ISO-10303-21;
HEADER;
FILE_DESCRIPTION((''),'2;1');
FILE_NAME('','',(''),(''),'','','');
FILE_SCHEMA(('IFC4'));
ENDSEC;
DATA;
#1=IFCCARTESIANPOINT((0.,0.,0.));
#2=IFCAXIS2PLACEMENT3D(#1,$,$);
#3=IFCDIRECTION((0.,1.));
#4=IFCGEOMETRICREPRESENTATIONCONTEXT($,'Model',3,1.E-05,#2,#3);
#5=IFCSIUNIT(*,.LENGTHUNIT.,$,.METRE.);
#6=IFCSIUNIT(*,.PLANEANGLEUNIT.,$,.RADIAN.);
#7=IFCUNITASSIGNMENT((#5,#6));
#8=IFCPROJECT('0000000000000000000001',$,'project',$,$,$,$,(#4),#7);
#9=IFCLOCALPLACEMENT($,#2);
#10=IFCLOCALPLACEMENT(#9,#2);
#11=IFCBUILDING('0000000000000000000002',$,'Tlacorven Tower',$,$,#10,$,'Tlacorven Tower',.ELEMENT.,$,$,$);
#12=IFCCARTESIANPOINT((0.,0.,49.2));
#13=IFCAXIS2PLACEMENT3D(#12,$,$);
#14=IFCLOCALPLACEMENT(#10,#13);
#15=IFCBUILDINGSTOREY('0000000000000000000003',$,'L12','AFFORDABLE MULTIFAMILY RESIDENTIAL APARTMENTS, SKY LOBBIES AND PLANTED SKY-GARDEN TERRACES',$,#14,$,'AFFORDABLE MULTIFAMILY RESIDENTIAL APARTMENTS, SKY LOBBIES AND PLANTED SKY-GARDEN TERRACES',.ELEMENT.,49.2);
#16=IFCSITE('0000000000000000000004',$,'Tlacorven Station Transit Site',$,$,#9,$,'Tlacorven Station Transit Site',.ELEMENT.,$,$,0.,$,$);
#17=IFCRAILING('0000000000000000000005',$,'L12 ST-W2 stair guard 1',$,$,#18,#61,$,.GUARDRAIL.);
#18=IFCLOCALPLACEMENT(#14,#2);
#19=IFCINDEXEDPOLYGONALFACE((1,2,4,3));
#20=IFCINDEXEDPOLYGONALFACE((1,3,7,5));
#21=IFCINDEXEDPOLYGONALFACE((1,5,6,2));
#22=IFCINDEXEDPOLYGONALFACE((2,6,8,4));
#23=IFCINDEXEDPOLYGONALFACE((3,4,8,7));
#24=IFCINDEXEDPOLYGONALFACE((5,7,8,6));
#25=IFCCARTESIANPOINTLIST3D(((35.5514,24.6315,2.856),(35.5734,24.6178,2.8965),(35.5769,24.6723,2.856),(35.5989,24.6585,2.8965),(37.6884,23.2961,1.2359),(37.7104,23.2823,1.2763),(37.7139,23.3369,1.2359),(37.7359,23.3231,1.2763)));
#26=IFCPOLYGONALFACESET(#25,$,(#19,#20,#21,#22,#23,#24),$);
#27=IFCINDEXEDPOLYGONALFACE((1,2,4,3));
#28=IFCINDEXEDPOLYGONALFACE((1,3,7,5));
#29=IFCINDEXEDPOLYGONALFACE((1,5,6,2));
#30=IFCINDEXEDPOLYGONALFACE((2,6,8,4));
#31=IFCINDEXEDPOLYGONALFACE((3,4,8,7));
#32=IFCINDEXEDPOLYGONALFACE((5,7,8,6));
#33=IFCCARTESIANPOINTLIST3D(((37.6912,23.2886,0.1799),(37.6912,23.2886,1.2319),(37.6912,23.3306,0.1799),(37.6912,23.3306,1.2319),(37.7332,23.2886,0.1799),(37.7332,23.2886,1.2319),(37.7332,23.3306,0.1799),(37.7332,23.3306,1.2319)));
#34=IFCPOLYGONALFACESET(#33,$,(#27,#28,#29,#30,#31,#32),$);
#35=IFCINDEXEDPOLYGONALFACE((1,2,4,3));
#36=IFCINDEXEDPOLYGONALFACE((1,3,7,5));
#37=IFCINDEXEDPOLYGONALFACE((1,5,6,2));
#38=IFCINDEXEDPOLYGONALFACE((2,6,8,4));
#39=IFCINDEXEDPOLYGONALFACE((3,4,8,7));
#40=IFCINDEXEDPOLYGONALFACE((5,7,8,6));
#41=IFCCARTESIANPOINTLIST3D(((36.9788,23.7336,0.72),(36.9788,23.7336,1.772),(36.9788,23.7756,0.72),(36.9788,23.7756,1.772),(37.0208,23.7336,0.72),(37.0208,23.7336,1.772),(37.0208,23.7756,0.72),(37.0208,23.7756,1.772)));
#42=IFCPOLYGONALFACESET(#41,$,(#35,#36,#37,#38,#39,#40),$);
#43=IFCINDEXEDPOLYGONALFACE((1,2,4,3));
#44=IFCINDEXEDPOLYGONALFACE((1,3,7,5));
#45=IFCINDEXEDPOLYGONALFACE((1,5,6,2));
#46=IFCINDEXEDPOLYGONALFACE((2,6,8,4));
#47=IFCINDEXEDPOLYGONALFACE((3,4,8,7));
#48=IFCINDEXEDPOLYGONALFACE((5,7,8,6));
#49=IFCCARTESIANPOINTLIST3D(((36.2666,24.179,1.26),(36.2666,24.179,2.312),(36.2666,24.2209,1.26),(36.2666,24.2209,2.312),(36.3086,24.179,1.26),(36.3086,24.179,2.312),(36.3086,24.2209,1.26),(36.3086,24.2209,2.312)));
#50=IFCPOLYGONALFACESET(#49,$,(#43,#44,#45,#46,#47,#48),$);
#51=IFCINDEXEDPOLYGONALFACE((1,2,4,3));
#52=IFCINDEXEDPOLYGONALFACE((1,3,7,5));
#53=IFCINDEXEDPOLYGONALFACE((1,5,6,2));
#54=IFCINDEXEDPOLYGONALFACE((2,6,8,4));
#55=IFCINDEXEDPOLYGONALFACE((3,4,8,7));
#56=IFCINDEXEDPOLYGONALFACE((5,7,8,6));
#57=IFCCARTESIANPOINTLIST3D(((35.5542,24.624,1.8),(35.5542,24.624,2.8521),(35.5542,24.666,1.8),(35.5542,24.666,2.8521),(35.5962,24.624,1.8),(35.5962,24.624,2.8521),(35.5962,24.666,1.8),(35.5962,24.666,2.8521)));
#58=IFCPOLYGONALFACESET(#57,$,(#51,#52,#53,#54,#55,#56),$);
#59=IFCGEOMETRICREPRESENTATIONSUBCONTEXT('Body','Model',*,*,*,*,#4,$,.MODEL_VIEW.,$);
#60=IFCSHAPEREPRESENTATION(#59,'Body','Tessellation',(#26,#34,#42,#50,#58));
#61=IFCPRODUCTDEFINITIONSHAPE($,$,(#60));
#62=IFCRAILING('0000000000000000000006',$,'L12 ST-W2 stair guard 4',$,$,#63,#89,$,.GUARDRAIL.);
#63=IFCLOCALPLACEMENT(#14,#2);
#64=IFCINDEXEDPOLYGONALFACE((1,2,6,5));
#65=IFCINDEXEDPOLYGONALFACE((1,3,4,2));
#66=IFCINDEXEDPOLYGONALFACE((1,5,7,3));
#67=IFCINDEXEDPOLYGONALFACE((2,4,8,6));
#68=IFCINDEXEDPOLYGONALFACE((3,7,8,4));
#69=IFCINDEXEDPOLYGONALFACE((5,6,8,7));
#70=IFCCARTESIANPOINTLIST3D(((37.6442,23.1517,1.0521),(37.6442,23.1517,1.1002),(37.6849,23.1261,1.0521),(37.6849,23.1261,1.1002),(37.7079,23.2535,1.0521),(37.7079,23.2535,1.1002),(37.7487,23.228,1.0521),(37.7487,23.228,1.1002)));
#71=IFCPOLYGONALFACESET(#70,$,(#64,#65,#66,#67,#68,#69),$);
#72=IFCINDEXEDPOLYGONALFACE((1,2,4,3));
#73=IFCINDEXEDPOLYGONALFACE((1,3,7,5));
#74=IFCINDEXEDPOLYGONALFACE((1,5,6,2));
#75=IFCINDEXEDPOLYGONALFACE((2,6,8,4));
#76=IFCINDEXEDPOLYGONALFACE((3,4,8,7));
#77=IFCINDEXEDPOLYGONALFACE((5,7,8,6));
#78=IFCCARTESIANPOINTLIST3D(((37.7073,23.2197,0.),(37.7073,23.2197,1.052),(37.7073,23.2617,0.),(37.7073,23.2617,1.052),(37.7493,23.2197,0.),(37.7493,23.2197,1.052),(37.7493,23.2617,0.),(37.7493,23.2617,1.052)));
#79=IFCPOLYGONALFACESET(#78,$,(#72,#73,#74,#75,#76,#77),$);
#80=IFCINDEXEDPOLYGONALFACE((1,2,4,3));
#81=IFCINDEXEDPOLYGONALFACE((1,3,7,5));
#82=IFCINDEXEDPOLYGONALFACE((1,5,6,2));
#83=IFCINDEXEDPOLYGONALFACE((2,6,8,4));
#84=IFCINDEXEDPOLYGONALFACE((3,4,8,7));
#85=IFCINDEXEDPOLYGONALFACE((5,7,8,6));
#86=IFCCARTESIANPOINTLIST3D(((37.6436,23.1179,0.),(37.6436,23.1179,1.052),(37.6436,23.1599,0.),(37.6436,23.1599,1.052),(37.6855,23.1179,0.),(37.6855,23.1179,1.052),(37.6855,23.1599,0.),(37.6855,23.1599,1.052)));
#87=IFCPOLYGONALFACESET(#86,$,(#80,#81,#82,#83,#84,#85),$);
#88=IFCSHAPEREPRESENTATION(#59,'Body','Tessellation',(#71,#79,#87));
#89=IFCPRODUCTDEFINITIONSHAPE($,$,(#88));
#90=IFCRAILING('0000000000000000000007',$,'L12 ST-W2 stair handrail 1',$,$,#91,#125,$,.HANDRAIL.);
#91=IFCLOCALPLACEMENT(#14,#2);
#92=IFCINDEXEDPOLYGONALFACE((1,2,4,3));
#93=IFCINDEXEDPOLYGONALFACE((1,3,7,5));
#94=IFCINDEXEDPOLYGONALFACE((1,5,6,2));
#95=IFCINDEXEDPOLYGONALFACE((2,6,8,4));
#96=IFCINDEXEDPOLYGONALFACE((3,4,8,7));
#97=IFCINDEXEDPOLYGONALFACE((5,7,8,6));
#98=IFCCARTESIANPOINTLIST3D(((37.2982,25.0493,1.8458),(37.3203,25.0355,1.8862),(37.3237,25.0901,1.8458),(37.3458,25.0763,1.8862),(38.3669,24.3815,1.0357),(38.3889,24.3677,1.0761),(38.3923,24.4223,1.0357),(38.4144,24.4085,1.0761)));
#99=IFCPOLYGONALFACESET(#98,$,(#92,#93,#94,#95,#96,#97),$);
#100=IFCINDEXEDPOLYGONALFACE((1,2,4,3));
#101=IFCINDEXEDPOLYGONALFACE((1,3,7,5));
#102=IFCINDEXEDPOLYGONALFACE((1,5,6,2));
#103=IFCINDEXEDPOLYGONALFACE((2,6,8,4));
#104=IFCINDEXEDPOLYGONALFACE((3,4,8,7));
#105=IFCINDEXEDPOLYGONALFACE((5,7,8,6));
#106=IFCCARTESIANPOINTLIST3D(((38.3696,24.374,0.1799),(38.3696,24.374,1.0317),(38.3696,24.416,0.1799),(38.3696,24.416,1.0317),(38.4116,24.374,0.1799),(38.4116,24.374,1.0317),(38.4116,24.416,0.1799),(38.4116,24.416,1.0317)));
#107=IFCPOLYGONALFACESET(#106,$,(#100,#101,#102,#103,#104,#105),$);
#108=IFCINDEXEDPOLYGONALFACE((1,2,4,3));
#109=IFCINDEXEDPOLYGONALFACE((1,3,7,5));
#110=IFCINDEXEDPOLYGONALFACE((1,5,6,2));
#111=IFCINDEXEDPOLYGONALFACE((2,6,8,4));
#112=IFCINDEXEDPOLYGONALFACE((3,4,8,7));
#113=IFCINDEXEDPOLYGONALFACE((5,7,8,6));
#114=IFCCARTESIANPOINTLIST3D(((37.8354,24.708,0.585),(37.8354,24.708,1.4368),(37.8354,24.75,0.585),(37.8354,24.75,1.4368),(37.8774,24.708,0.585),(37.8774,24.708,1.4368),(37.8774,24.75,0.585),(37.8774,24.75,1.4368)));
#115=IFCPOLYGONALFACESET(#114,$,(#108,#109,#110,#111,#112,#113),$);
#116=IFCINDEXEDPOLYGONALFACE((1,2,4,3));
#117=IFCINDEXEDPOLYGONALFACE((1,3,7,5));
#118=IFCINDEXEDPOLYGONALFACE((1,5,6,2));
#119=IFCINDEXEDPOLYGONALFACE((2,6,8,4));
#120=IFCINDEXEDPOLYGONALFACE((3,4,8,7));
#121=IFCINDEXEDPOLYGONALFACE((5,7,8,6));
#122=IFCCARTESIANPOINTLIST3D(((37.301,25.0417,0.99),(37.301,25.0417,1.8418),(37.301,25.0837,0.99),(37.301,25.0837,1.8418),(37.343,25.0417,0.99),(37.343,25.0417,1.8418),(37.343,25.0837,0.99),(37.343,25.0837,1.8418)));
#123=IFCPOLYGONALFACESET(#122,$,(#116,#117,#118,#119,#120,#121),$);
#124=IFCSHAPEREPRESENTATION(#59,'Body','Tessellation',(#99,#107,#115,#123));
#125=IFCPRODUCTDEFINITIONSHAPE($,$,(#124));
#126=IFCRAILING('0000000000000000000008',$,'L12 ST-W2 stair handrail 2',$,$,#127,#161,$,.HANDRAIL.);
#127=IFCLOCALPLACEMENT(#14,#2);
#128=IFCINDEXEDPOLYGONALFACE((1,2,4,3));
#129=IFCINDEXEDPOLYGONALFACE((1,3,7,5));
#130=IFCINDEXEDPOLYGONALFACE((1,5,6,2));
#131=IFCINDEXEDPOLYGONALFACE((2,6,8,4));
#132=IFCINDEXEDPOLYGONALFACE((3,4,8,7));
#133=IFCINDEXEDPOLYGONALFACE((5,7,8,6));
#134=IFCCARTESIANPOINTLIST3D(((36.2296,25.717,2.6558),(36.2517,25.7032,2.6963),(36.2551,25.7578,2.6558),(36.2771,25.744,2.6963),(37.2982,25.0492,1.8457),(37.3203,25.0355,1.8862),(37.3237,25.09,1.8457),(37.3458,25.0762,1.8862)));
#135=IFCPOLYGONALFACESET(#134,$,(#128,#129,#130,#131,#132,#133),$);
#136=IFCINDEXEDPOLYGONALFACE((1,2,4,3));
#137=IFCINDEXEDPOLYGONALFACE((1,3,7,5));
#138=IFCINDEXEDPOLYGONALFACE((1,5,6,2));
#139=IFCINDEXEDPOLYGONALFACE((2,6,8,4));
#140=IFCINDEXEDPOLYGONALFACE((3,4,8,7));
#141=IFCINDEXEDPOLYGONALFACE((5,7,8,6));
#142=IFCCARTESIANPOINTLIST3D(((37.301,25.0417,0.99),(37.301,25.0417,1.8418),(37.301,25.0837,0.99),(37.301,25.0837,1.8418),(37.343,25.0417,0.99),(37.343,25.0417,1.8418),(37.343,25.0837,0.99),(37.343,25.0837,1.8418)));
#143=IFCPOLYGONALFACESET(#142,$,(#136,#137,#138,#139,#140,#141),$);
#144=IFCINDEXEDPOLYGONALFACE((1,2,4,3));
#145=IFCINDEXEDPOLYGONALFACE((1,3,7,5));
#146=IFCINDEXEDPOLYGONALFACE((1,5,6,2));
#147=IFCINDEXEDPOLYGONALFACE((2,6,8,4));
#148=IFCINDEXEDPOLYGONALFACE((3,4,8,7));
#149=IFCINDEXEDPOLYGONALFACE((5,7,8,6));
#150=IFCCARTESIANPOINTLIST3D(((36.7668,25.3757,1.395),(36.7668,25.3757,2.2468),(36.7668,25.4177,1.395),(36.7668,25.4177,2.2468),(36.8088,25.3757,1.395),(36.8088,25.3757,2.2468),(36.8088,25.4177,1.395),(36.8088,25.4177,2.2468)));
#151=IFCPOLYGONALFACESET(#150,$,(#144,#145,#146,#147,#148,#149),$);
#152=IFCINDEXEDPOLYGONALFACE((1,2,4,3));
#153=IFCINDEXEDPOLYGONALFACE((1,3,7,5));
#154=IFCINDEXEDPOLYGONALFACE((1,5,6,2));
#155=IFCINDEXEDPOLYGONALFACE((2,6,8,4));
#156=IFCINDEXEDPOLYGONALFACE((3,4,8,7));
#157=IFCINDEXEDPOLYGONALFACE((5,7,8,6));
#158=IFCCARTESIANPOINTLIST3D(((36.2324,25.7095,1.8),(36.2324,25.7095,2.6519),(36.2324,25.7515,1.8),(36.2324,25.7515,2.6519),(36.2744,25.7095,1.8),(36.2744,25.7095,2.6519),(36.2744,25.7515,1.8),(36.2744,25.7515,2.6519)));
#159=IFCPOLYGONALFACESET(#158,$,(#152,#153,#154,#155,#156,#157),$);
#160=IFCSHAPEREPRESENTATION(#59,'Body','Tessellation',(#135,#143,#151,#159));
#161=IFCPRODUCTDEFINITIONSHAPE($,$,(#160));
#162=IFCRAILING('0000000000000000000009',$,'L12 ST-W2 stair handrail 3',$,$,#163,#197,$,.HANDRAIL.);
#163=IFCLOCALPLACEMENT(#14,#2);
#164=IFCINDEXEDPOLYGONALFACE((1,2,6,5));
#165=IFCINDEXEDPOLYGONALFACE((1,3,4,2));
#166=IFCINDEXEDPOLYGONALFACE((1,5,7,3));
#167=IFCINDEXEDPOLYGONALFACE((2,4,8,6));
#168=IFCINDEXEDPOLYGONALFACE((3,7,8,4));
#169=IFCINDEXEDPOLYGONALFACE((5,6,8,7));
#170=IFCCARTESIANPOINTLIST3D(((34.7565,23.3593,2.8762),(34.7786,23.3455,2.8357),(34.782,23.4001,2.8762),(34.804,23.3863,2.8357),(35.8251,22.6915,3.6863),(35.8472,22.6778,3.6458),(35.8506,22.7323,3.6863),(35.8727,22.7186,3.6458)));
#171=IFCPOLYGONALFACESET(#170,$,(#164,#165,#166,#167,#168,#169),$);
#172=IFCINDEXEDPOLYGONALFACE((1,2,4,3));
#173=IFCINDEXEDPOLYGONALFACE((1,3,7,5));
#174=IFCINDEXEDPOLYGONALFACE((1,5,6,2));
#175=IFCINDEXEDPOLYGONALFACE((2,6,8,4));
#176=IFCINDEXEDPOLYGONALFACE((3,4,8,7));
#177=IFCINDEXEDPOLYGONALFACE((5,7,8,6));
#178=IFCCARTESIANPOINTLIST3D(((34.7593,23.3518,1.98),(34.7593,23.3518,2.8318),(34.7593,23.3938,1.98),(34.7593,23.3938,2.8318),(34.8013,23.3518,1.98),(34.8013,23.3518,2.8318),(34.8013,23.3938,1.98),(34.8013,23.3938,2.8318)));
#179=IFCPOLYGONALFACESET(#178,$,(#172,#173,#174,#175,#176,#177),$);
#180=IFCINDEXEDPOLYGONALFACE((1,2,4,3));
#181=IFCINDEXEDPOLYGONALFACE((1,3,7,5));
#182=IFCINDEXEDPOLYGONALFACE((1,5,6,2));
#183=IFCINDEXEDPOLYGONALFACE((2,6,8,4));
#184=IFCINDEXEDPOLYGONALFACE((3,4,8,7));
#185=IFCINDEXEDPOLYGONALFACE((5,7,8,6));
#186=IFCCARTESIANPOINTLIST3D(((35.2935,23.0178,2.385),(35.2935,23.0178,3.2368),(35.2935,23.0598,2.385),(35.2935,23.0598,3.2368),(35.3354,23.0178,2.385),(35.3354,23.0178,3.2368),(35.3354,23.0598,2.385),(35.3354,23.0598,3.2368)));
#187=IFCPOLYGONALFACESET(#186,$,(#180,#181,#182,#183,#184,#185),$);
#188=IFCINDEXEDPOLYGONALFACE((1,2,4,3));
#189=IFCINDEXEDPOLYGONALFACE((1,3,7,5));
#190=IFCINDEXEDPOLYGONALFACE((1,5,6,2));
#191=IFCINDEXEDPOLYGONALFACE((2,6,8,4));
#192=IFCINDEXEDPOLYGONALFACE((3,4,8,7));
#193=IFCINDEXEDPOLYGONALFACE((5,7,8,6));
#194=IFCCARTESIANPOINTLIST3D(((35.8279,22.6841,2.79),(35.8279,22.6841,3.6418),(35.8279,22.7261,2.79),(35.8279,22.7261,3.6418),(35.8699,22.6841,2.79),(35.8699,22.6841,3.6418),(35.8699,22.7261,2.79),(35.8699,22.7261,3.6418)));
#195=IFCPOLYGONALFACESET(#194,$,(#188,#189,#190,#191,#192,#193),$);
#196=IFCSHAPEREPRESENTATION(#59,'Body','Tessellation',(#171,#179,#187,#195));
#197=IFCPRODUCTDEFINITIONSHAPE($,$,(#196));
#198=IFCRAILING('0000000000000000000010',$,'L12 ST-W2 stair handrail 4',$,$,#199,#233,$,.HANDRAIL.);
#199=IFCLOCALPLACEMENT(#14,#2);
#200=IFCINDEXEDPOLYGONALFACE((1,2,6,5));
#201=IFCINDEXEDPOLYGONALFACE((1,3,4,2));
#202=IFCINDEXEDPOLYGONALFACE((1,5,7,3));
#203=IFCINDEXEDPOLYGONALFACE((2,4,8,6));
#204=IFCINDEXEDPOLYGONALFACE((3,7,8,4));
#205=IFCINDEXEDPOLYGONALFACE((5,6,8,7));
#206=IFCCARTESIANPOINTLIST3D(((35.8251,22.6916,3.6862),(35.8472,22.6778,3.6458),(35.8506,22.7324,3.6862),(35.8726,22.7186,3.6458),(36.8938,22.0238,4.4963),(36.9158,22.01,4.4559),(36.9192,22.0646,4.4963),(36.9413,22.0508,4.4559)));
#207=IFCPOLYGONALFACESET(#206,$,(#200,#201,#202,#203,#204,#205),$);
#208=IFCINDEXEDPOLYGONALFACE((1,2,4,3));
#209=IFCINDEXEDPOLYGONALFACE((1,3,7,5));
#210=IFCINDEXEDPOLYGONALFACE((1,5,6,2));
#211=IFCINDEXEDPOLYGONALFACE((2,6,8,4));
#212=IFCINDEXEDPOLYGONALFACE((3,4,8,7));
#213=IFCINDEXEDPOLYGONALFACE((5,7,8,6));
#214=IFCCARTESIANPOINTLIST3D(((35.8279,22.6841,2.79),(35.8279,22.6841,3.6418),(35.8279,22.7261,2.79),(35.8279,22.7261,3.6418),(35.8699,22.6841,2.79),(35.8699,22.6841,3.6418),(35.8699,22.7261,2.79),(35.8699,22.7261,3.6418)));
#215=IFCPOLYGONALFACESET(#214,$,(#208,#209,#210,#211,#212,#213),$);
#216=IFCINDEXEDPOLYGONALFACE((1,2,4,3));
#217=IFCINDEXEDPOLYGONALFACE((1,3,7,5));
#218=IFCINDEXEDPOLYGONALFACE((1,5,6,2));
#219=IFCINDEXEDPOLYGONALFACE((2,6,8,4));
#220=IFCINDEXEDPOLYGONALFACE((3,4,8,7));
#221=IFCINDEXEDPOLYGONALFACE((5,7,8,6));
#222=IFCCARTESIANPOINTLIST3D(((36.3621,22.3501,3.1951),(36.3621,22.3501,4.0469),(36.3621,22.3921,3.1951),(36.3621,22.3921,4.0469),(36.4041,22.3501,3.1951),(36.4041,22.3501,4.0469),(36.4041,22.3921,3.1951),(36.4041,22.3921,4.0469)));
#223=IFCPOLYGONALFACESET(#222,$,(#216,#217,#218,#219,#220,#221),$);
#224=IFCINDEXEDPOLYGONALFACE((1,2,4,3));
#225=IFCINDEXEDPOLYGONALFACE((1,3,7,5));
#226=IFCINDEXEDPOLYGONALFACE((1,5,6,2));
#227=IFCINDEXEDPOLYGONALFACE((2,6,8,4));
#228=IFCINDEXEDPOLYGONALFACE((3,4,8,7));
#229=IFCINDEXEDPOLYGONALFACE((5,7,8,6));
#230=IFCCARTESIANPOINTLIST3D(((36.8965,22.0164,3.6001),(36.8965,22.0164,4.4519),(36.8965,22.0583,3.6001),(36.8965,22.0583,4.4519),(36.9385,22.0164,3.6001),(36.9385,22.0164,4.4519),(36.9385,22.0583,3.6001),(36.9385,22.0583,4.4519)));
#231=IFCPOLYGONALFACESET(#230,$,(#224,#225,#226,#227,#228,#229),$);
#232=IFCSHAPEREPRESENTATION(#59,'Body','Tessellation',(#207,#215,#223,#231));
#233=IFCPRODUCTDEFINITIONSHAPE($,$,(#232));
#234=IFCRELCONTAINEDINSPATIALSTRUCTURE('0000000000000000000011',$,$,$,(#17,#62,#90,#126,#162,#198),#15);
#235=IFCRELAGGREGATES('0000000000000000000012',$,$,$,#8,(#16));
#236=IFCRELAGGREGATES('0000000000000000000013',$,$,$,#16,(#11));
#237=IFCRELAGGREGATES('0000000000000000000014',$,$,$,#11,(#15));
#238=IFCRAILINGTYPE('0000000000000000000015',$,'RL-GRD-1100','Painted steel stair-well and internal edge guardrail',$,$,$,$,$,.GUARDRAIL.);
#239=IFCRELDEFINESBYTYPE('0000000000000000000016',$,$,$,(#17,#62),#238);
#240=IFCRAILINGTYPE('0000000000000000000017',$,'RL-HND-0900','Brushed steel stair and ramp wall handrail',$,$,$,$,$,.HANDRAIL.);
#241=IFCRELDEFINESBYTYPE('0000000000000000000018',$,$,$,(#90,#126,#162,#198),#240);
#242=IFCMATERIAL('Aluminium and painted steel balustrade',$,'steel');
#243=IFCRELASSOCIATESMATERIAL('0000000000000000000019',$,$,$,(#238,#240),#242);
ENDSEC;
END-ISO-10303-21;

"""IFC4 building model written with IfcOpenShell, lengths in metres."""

from ifc_helpers import new_model, si_unit, direction, frame, origin, origin_2d, place, context, subcontext, project, spatial, rectangle, extrude, source, transform, mapped, material, type_object, element, save


model = new_model("IFC4")

# Units and contexts
model_context = context("Model", 3, precision=1e-05, world=origin(), true_north=direction((0.0, 1.0)))
body_context = subcontext(model_context, "Body", "Model", "MODEL_VIEW")
ifc_project = project(units=[si_unit("LENGTHUNIT", "METRE"), si_unit("PLANEANGLEUNIT", "RADIAN")], contexts=[model_context])

# Site, building, storey
site_placement = place(None, origin())
site = spatial("IfcSite", under=ifc_project, at=site_placement, Name="Tlacorven Station Transit Site", LongName="Tlacorven Station Transit Site", CompositionType="ELEMENT", RefElevation=0.0)
building_placement = place(site_placement, origin())
building = spatial("IfcBuilding", under=site, at=building_placement, Name="Tlacorven Tower", LongName="Tlacorven Tower", CompositionType="ELEMENT")
storey_placement = place(building_placement, frame((0.0, 0.0, 49.2)))
storey = spatial("IfcBuildingStorey", under=building, at=storey_placement, Name="L12", Description="AFFORDABLE MULTIFAMILY RESIDENTIAL APARTMENTS, SKY LOBBIES AND PLANTED SKY-GARDEN TERRACES", LongName="AFFORDABLE MULTIFAMILY RESIDENTIAL APARTMENTS, SKY LOBBIES AND PLANTED SKY-GARDEN TERRACES", CompositionType="ELEMENT", Elevation=49.2)

# Railings
ifc_material_1 = material(Name="Aluminium and painted steel balustrade", Category="steel")
railing_type_1 = type_object("IfcRailingType", Name="RL-GRD-1100", Description="Painted steel stair-well and internal edge guardrail", PredefinedType="GUARDRAIL", material=ifc_material_1)
shared_shape_1 = source(origin(), body_context, "Body", "SweptSolid", [
    extrude(rectangle(XDim=0.0481, YDim=0.0481, at=origin_2d()), frame((0.0, 0.0, 1.0762), z_axis=(-0.71332, 0.445774, 0.540796), x_axis=(-0.529955, -0.848026, 0.0)), (0.0, 0.0, 1.0), 2.9958),
    extrude(rectangle(XDim=0.042, YDim=0.042, at=origin_2d()), origin(), (0.0, 0.0, 1.0), 1.052),
    extrude(rectangle(XDim=0.042, YDim=0.042, at=origin_2d()), frame((-0.7124, 0.4451, 0.54)), (0.0, 0.0, 1.0), 1.052),
    extrude(rectangle(XDim=0.042, YDim=0.042, at=origin_2d()), frame((-1.4246, 0.8904, 1.0801)), (0.0, 0.0, 1.0), 1.052),
    extrude(rectangle(XDim=0.042, YDim=0.042, at=origin_2d()), frame((-2.137, 1.3354, 1.6201)), (0.0, 0.0, 1.0), 1.052),
])
railing_1_placement = place(storey_placement, frame((37.7122, 23.3096, 0.1799)))
element("IfcRailing", 1, at=railing_1_placement, inside=storey, type_object=railing_type_1, Name="L12 ST-W2 stair guard 1", PredefinedType="GUARDRAIL", context=body_context, shape_type="MappedRepresentation", body=[
    mapped(shared_shape_1, transform((0.0, 0.0, 0.0), scale=1.0)),
])
shared_shape_2 = source(origin(), body_context, "Body", "SweptSolid", [
    extrude(rectangle(XDim=0.0481, YDim=0.0481, at=origin_2d()), frame((0.0, 0.0, 1.0762), z_axis=(-0.530547, -0.847656, 0.0), x_axis=(0.847656, -0.530547, 0.0)), (0.0, 0.0, 1.0), 0.1201),
    extrude(rectangle(XDim=0.042, YDim=0.042, at=origin_2d()), origin(), (0.0, 0.0, 1.0), 1.052),
    extrude(rectangle(XDim=0.042, YDim=0.042, at=origin_2d()), frame((-0.0637, -0.1018, 0.0)), (0.0, 0.0, 1.0), 1.052),
])
railing_2_placement = place(storey_placement, frame((37.7283, 23.2407, 0.0)))
element("IfcRailing", 2, at=railing_2_placement, inside=storey, type_object=railing_type_1, Name="L12 ST-W2 stair guard 4", PredefinedType="GUARDRAIL", context=body_context, shape_type="MappedRepresentation", body=[
    mapped(shared_shape_2, transform((0.0, 0.0, 0.0), scale=1.0)),
])
railing_type_2 = type_object("IfcRailingType", Name="RL-HND-0900", Description="Brushed steel stair and ramp wall handrail", PredefinedType="HANDRAIL", material=ifc_material_1)
shared_shape_3 = source(origin(), body_context, "Body", "SweptSolid", [
    extrude(rectangle(XDim=0.0481, YDim=0.0481, at=origin_2d()), frame((0.0, 0.0, 0.876), z_axis=(-0.71336, 0.445748, 0.540765), x_axis=(-0.529912, -0.848053, 0.0)), (0.0, 0.0, 1.0), 1.498),
    extrude(rectangle(XDim=0.042, YDim=0.042, at=origin_2d()), origin(), (0.0, 0.0, 1.0), 0.8518),
    extrude(rectangle(XDim=0.042, YDim=0.042, at=origin_2d()), frame((-0.5342, 0.334, 0.405)), (0.0, 0.0, 1.0), 0.8518),
    extrude(rectangle(XDim=0.042, YDim=0.042, at=origin_2d()), frame((-1.0686, 0.6677, 0.8101)), (0.0, 0.0, 1.0), 0.8518),
])
for number, where, name in (
    (3, (38.3906, 24.395, 0.1799), "L12 ST-W2 stair handrail 1"),
    (4, (37.322, 25.0627, 0.99), "L12 ST-W2 stair handrail 2"),
):
    element("IfcRailing", number, at=place(storey_placement, frame(where)), inside=storey, type_object=railing_type_2, Name=name, PredefinedType="HANDRAIL", context=body_context, shape_type="MappedRepresentation", body=[
        mapped(shared_shape_3, transform((0.0, 0.0, 0.0), scale=1.0)),
    ])
shared_shape_4 = source(origin(), body_context, "Body", "SweptSolid", [
    extrude(rectangle(XDim=0.0481, YDim=0.0481, at=origin_2d()), frame((0.0, 0.0, 0.876), z_axis=(0.71336, -0.445748, 0.540765), x_axis=(0.529912, 0.848053, 0.0)), (0.0, 0.0, 1.0), 1.498),
    extrude(rectangle(XDim=0.042, YDim=0.042, at=origin_2d()), origin(), (0.0, 0.0, 1.0), 0.8518),
    extrude(rectangle(XDim=0.042, YDim=0.042, at=origin_2d()), frame((0.5342, -0.334, 0.405)), (0.0, 0.0, 1.0), 0.8518),
    extrude(rectangle(XDim=0.042, YDim=0.042, at=origin_2d()), frame((1.0686, -0.6677, 0.8101)), (0.0, 0.0, 1.0), 0.8518),
])
for number, where, name in (
    (5, (34.7803, 23.3728, 1.98), "L12 ST-W2 stair handrail 3"),
    (6, (35.8489, 22.7051, 2.79), "L12 ST-W2 stair handrail 4"),
):
    element("IfcRailing", number, at=place(storey_placement, frame(where)), inside=storey, type_object=railing_type_2, Name=name, PredefinedType="HANDRAIL", context=body_context, shape_type="MappedRepresentation", body=[
        mapped(shared_shape_4, transform((0.0, 0.0, 0.0), scale=1.0)),
    ])

save(model, "model.ifc")
